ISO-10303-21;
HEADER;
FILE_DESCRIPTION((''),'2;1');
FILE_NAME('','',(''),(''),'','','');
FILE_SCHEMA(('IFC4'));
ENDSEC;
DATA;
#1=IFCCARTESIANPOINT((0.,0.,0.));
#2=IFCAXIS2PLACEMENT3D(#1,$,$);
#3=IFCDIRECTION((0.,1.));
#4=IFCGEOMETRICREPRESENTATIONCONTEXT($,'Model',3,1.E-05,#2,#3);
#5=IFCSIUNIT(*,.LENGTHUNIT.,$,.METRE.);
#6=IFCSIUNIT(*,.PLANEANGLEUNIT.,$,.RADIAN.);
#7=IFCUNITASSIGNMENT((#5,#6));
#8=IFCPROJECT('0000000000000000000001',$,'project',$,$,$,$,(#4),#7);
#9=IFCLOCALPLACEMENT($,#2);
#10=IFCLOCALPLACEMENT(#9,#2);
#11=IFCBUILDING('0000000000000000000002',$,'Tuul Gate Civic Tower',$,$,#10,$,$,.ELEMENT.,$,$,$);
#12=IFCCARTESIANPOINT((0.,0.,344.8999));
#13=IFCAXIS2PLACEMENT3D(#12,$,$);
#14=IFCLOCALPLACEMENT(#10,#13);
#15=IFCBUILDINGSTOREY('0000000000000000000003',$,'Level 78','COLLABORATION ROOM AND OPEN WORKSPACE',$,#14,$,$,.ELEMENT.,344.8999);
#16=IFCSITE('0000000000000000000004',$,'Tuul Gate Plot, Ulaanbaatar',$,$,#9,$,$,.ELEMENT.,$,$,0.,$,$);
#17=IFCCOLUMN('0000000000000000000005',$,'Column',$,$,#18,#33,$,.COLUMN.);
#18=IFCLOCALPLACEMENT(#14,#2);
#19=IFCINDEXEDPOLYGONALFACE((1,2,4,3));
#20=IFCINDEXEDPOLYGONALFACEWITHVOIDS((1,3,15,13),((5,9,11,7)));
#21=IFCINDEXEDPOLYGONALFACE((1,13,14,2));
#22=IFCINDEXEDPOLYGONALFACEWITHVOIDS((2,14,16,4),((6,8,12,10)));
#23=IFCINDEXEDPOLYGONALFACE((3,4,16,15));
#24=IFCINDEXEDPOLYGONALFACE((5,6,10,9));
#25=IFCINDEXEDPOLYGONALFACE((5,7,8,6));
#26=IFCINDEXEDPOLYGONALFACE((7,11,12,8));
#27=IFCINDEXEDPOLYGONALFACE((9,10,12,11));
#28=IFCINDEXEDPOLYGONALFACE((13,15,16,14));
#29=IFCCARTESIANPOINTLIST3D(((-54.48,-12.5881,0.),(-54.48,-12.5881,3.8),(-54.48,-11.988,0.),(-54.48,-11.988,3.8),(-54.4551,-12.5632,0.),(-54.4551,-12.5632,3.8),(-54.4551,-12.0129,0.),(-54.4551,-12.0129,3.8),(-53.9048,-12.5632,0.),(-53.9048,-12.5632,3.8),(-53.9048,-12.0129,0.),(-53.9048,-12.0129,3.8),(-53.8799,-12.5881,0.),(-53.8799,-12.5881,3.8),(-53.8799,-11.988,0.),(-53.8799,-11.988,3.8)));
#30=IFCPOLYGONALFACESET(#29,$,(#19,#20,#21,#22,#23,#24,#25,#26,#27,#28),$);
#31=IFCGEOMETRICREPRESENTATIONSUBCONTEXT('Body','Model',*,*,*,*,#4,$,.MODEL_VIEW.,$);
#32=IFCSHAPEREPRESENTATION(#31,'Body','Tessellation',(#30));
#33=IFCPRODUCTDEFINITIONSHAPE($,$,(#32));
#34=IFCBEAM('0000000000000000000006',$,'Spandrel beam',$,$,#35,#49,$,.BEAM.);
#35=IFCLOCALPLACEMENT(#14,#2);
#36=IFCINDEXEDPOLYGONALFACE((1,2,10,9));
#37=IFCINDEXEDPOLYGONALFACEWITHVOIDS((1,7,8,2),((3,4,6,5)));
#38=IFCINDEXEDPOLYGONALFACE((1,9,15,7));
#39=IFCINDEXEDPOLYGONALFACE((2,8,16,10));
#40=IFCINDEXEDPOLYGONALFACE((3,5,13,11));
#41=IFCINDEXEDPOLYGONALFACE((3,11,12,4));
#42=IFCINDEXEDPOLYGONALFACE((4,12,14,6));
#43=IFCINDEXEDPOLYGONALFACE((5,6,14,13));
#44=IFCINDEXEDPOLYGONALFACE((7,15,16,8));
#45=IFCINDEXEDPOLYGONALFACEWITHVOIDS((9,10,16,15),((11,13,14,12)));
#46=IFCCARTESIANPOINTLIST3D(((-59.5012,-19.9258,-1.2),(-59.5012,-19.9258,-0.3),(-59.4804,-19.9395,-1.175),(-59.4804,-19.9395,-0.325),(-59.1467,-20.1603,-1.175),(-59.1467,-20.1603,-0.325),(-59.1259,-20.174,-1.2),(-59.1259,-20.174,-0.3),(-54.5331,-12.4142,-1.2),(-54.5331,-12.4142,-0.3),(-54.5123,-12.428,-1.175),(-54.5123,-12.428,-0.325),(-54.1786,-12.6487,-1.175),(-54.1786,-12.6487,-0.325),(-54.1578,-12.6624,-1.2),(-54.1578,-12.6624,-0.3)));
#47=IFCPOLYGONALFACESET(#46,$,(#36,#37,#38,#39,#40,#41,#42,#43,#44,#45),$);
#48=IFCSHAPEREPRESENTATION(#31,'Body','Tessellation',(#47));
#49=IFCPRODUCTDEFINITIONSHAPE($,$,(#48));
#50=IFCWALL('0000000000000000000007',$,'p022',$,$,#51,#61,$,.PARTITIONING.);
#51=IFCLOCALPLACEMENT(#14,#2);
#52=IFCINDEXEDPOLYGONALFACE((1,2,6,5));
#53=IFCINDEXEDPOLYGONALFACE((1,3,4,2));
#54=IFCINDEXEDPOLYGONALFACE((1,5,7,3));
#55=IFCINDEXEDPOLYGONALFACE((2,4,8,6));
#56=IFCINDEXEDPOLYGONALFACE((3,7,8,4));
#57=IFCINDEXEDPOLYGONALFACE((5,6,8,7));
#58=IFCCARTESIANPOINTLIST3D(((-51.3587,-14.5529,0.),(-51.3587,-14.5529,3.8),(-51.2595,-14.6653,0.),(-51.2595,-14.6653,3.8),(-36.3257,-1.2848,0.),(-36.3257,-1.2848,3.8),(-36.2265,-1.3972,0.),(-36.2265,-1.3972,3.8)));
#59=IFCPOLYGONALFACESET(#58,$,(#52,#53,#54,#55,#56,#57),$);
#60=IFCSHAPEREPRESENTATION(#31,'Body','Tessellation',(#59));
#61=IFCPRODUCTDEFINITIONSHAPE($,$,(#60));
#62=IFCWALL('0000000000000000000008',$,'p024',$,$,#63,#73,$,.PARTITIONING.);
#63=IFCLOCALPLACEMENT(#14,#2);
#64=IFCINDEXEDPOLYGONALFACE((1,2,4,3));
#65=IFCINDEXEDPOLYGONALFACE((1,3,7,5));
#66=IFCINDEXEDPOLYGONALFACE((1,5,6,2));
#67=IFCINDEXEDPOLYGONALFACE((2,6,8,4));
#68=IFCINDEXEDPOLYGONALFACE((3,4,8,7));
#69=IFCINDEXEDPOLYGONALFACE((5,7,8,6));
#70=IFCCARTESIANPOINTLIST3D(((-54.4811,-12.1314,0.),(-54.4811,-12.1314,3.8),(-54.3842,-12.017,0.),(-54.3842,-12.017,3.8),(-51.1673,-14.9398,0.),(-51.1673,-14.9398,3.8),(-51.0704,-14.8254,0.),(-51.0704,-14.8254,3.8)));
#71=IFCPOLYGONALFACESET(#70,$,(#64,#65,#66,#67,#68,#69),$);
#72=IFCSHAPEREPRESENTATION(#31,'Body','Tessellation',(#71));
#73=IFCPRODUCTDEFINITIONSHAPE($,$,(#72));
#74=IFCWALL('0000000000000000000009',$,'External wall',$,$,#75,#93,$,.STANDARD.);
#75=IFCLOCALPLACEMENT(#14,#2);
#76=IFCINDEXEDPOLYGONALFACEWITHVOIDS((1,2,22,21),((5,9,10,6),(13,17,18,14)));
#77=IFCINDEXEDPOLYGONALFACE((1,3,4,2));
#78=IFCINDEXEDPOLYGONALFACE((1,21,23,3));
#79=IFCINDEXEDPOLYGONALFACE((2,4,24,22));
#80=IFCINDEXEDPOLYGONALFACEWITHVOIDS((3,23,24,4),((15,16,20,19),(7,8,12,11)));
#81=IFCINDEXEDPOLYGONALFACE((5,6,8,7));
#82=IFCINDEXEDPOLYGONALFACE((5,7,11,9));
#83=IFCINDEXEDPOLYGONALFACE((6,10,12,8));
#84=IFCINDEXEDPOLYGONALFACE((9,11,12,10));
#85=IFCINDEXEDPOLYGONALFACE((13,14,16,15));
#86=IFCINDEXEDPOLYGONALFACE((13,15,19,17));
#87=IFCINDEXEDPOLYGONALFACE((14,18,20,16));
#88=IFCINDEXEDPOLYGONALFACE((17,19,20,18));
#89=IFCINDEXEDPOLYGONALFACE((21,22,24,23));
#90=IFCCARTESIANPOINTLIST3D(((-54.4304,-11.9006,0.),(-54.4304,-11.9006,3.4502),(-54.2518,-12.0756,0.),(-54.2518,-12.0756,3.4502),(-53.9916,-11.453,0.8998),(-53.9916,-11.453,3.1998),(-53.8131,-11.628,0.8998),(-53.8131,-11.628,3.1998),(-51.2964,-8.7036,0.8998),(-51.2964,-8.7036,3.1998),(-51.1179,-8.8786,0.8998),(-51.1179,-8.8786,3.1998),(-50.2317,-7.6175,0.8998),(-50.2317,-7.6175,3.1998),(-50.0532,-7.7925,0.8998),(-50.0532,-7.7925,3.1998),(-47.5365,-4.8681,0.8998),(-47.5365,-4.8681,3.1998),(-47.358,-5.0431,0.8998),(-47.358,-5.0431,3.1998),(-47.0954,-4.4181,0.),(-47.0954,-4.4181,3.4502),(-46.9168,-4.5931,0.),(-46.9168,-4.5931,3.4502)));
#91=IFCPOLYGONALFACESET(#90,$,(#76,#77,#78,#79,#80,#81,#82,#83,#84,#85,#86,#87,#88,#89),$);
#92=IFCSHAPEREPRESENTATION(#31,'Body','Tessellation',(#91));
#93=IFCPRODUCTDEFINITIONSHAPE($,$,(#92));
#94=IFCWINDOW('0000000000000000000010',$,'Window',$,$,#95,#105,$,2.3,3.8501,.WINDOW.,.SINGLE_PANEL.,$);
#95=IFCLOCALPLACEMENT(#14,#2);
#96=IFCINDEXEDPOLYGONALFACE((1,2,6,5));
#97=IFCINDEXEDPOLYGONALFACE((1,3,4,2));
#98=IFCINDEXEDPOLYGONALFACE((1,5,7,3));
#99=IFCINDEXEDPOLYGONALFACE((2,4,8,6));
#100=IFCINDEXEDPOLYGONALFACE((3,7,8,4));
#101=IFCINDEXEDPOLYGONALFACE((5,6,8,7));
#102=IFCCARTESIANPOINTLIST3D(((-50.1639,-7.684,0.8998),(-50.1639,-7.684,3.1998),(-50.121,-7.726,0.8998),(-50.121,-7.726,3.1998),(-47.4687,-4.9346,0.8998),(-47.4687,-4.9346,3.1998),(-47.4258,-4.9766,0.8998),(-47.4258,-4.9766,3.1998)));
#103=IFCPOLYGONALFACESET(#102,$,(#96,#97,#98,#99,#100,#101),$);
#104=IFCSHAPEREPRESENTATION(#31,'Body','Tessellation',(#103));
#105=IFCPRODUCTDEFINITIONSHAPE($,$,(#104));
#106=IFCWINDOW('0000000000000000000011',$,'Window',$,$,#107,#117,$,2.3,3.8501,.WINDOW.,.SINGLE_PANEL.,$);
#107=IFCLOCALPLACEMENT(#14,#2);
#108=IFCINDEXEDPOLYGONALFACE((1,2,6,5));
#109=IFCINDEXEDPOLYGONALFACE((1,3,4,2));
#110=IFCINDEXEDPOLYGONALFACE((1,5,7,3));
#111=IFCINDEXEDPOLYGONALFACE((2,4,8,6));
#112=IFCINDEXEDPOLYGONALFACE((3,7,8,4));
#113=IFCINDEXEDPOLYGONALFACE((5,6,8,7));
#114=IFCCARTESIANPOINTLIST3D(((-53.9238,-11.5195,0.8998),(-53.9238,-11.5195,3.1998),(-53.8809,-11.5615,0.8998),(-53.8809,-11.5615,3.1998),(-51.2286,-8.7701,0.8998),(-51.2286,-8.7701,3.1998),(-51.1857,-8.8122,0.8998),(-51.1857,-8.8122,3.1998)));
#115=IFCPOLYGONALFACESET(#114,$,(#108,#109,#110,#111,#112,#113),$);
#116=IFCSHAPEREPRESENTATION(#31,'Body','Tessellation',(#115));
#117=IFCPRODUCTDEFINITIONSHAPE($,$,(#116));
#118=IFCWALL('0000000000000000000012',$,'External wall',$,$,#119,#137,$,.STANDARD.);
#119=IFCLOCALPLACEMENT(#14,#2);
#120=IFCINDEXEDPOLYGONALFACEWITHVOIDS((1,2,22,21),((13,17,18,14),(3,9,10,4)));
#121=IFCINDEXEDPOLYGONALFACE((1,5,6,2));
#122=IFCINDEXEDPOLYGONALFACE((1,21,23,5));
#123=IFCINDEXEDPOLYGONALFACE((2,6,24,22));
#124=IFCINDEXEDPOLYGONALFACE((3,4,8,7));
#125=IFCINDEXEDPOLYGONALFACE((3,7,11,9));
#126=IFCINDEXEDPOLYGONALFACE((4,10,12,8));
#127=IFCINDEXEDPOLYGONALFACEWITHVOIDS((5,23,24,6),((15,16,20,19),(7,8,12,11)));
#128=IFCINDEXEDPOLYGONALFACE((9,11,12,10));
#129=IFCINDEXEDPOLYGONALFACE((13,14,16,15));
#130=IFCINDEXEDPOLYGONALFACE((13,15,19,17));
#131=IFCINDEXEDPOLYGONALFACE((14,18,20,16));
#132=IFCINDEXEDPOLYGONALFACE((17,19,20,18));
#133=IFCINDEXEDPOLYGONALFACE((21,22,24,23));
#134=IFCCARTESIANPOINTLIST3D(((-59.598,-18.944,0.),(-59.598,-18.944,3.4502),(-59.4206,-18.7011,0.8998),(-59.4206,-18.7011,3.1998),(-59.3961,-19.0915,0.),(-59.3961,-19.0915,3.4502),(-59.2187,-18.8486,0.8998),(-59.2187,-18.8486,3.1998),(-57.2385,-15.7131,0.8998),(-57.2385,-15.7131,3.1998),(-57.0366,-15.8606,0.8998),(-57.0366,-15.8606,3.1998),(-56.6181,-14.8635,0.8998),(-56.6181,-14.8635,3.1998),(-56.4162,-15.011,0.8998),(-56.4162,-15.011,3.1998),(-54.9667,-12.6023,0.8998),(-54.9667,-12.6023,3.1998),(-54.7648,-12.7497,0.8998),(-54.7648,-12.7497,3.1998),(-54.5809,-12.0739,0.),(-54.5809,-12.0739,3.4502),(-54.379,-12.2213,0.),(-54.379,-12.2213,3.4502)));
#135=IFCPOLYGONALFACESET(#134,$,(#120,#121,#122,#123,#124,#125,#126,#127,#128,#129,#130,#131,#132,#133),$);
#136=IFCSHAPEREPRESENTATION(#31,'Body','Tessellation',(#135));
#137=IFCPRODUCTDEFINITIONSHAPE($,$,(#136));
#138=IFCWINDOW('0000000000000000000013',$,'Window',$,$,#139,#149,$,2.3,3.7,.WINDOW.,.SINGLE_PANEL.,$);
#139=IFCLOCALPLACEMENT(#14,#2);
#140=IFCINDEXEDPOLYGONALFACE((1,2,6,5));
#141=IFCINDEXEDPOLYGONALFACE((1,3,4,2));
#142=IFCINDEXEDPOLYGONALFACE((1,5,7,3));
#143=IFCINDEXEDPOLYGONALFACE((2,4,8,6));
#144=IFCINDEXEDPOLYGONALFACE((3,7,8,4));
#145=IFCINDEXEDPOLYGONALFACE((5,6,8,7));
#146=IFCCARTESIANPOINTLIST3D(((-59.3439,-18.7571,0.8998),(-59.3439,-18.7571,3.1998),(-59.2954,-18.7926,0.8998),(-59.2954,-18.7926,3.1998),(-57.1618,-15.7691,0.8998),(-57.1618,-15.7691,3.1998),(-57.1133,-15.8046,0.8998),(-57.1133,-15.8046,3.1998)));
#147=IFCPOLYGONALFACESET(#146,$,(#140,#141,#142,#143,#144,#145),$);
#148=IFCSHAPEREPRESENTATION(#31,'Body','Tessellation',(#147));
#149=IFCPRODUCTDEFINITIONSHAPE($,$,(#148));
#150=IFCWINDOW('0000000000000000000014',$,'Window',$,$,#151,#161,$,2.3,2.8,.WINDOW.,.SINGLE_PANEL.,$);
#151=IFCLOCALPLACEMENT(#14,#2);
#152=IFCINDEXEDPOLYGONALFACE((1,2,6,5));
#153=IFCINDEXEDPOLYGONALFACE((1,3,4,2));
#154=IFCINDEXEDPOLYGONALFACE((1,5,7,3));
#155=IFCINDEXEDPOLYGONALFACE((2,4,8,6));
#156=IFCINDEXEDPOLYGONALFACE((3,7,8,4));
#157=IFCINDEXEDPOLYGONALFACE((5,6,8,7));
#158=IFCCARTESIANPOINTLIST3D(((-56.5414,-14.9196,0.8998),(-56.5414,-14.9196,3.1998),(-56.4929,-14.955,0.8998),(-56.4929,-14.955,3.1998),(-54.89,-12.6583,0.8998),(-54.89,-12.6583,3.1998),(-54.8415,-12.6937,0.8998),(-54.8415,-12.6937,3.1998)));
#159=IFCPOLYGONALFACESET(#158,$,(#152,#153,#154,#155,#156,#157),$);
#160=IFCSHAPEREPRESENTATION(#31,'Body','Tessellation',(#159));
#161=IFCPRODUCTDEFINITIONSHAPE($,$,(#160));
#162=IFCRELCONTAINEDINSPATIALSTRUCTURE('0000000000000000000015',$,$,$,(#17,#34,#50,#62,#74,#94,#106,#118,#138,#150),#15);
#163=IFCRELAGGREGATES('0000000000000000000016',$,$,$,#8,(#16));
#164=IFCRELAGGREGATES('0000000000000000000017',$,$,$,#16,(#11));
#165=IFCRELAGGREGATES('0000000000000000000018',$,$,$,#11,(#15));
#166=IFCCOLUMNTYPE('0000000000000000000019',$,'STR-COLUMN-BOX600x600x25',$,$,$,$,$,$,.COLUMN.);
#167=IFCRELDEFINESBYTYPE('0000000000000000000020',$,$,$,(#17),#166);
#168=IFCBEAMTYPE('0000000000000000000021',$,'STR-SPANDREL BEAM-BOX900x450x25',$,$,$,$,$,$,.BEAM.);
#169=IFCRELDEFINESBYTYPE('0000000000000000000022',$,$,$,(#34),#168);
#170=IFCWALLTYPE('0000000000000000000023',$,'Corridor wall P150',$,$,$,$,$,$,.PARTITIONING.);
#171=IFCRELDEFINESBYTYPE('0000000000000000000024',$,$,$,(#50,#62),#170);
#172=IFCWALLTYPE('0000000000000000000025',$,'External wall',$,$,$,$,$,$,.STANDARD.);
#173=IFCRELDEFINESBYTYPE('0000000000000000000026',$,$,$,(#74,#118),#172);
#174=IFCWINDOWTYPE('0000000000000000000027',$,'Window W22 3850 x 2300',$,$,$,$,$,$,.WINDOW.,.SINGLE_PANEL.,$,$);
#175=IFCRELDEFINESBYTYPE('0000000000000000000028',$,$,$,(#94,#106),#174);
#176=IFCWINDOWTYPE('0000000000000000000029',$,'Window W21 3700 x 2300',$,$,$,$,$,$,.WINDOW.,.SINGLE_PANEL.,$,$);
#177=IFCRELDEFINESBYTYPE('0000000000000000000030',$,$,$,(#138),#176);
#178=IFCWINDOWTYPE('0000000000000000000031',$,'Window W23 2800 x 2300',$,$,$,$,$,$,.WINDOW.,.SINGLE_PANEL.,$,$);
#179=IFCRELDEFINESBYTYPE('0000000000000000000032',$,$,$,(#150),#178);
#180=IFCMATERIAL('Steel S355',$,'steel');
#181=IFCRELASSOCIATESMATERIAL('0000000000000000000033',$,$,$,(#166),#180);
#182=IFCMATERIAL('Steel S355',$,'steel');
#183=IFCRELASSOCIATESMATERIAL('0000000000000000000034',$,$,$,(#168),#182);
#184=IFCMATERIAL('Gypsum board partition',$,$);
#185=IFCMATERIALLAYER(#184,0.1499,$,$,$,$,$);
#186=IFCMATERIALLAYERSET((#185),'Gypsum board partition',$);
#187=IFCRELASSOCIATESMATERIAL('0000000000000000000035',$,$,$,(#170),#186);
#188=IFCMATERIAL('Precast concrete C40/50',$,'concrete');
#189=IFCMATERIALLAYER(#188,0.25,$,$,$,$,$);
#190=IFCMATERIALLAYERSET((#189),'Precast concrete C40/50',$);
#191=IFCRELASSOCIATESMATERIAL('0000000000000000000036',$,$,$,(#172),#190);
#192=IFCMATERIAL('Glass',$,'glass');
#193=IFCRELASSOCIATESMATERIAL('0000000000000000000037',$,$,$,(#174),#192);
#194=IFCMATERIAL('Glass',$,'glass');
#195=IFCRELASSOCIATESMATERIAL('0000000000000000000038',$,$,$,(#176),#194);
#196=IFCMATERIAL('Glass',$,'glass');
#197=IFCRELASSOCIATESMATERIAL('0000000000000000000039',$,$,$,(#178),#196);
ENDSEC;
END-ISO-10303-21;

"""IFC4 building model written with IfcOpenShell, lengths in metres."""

from ifc_helpers import new_model, si_unit, direction, frame, frame_2d, origin, origin_2d, place, context, subcontext, project, spatial, rectangle, hollow_rectangle, extrude, material, layer, layer_set, material_profile, profile_set, type_object, element, fill, save


model = new_model("IFC4")

# Units and contexts
model_context = context("Model", 3, precision=1e-05, world=origin(), true_north=direction((0.0, 1.0)))
body_context = subcontext(model_context, "Body", "Model", "MODEL_VIEW")
ifc_project = project(units=[si_unit("LENGTHUNIT", "METRE"), si_unit("PLANEANGLEUNIT", "RADIAN")], contexts=[model_context])

# Site, building, storey
site_placement = place(None, origin())
site = spatial("IfcSite", under=ifc_project, at=site_placement, Name="Tuul Gate Plot, Ulaanbaatar", CompositionType="ELEMENT", RefElevation=0.0)
building_placement = place(site_placement, origin())
building = spatial("IfcBuilding", under=site, at=building_placement, Name="Tuul Gate Civic Tower", CompositionType="ELEMENT")
storey_placement = place(building_placement, frame((0.0, 0.0, 344.8999)))
storey = spatial("IfcBuildingStorey", under=building, at=storey_placement, Name="Level 78", Description="COLLABORATION ROOM AND OPEN WORKSPACE", CompositionType="ELEMENT", Elevation=344.8999)

# Column
ifc_material_1 = material(Name="Steel S355", Category="steel")
ifc_material_profile_1 = material_profile(ifc_material_1, hollow_rectangle(XDim=0.6001, YDim=0.6001, WallThickness=0.0249, at=origin_2d()), Name="BOX600x600x25")
ifc_profile_set_1 = profile_set([ifc_material_profile_1], Name="Steel S355")
column_type = type_object("IfcColumnType", Name="STR-COLUMN-BOX600x600x25", PredefinedType="COLUMN", material=ifc_profile_set_1)
column_placement = place(storey_placement, frame((-54.1799, -12.2881, 0.0), z_axis=(0.0, 0.0, 1.0), x_axis=(1.0, 0.0, 0.0)))
element("IfcColumn", 1, at=column_placement, inside=storey, type_object=column_type, Name="Column", PredefinedType="COLUMN", context=body_context, shape_type="SweptSolid", body=[
    extrude(hollow_rectangle(XDim=0.6001, YDim=0.6001, WallThickness=0.0249, at=origin_2d()), origin(), (0.0, 0.0, 1.0), 3.8),
])

# Beam
ifc_material_2 = material(Name="Steel S355", Category="steel")
ifc_material_profile_2 = material_profile(ifc_material_2, hollow_rectangle(XDim=0.45, YDim=0.8999, WallThickness=0.0249, at=origin_2d()), Name="BOX900x450x25")
ifc_profile_set_2 = profile_set([ifc_material_profile_2], Name="Steel S355")
beam_type = type_object("IfcBeamType", Name="STR-SPANDREL BEAM-BOX900x450x25", PredefinedType="BEAM", material=ifc_profile_set_2)
beam_placement = place(storey_placement, frame((-54.3455, -12.5383, -0.75), z_axis=(-0.55165, -0.834076, 0.0), x_axis=(0.834076, -0.55165, 0.0)))
element("IfcBeam", 2, at=beam_placement, inside=storey, type_object=beam_type, Name="Spandrel beam", PredefinedType="BEAM", context=body_context, shape_type="SweptSolid", body=[
    extrude(hollow_rectangle(XDim=0.45, YDim=0.8999, WallThickness=0.0249, at=origin_2d()), origin(), (0.0, 0.0, 1.0), 9.0059),
])

# Walls
ifc_material_3 = material(Name="Gypsum board partition")
ifc_layer_1 = layer(ifc_material_3, 0.1499)
ifc_layer_set_1 = layer_set([ifc_layer_1], Name="Gypsum board partition")
wall_type_1 = type_object("IfcWallType", Name="Corridor wall P150", PredefinedType="PARTITIONING", material=ifc_layer_set_1)
wall_1_placement = place(storey_placement, frame((-51.3091, -14.6091, 0.0), z_axis=(0.0, 0.0, 1.0), x_axis=(0.749747, 0.661725, 0.0)))
element("IfcWall", 3, at=wall_1_placement, inside=storey, type_object=wall_type_1, Name="p022", PredefinedType="PARTITIONING", context=body_context, shape_type="SweptSolid", body=[
    extrude(rectangle(XDim=20.0508, YDim=0.1499, at=frame_2d((10.0254, 0.0))), origin(), (0.0, 0.0, 1.0), 3.8),
])
wall_2_placement = place(storey_placement, frame((-54.4326, -12.0742, 0.0), z_axis=(0.0, 0.0, 1.0), x_axis=(0.762883, -0.646537, 0.0)))
element("IfcWall", 4, at=wall_2_placement, inside=storey, type_object=wall_type_1, Name="p024", PredefinedType="PARTITIONING", context=body_context, shape_type="SweptSolid", body=[
    extrude(rectangle(XDim=4.3438, YDim=0.1499, at=frame_2d((2.1719, 0.0))), origin(), (0.0, 0.0, 1.0), 3.8),
])

# Walls, openings, windows
ifc_material_4 = material(Name="Precast concrete C40/50", Category="concrete")
ifc_layer_2 = layer(ifc_material_4, 0.25)
ifc_layer_set_2 = layer_set([ifc_layer_2], Name="Precast concrete C40/50")
wall_type_2 = type_object("IfcWallType", Name="External wall", PredefinedType="STANDARD", material=ifc_layer_set_2)
wall_3_placement = place(storey_placement, frame((-47.0061, -4.5056, 0.0), z_axis=(0.0, 0.0, 1.0), x_axis=(-0.700035, -0.714108, 0.0)))
wall_3 = element("IfcWall", 5, at=wall_3_placement, inside=storey, type_object=wall_type_2, Name="External wall", PredefinedType="STANDARD", context=body_context, shape_type="SweptSolid", body=[
    extrude(rectangle(XDim=10.478, YDim=0.25, at=frame_2d((5.239, 0.0))), origin(), (0.0, 0.0, 1.0), 3.4502),
])
opening_1_placement = place(wall_3_placement, frame((0.6301, 0.0, 0.8999)))
opening_1 = element("IfcOpeningElement", 6, at=opening_1_placement, cuts=wall_3, PredefinedType="OPENING", context=body_context, shape_type="SweptSolid", body=[
    extrude(rectangle(XDim=3.8501, YDim=2.3, at=frame_2d((1.925, 1.1499))), frame((0.0, 0.135, 0.0), z_axis=(0.0, -1.0, 0.0), x_axis=(1.0, 0.0, 0.0)), (0.0, 0.0, 1.0), 0.27),
])
opening_2_placement = place(wall_3_placement, frame((6.0012, 0.0, 0.8999)))
opening_2 = element("IfcOpeningElement", 7, at=opening_2_placement, cuts=wall_3, PredefinedType="OPENING", context=body_context, shape_type="SweptSolid", body=[
    extrude(rectangle(XDim=3.8501, YDim=2.3, at=frame_2d((1.925, 1.1499))), frame((0.0, 0.135, 0.0), z_axis=(0.0, -1.0, 0.0), x_axis=(1.0, 0.0, 0.0)), (0.0, 0.0, 1.0), 0.27),
])
ifc_material_5 = material(Name="Glass", Category="glass")
window_type_1 = type_object("IfcWindowType", Name="Window W22 3850 x 2300", PartitioningType="SINGLE_PANEL", PredefinedType="WINDOW", material=ifc_material_5)
window_1_placement = place(opening_1_placement, origin())
window_1 = element("IfcWindow", 8, at=window_1_placement, inside=storey, type_object=window_type_1, Name="Window", OverallHeight=2.3, OverallWidth=3.8501, PartitioningType="SINGLE_PANEL", PredefinedType="WINDOW", context=body_context, shape_type="SweptSolid", body=[
    extrude(rectangle(XDim=3.8501, YDim=2.3, at=frame_2d((1.925, 1.1499))), frame((0.0, 0.03, 0.0), z_axis=(0.0, -1.0, 0.0), x_axis=(1.0, 0.0, 0.0)), (0.0, 0.0, 1.0), 0.0601),
])
fill(opening_1, window_1)
window_2_placement = place(opening_2_placement, origin())
window_2 = element("IfcWindow", 9, at=window_2_placement, inside=storey, type_object=window_type_1, Name="Window", OverallHeight=2.3, OverallWidth=3.8501, PartitioningType="SINGLE_PANEL", PredefinedType="WINDOW", context=body_context, shape_type="SweptSolid", body=[
    extrude(rectangle(XDim=3.8501, YDim=2.3, at=frame_2d((1.925, 1.1499))), frame((0.0, 0.03, 0.0), z_axis=(0.0, -1.0, 0.0), x_axis=(1.0, 0.0, 0.0)), (0.0, 0.0, 1.0), 0.0601),
])
fill(opening_2, window_2)
wall_4_placement = place(storey_placement, frame((-54.48, -12.1477, 0.0), z_axis=(0.0, 0.0, 1.0), x_axis=(-0.589758, -0.80758, 0.0)))
wall_4 = element("IfcWall", 10, at=wall_4_placement, inside=storey, type_object=wall_type_2, Name="External wall", PredefinedType="STANDARD", context=body_context, shape_type="SweptSolid", body=[
    extrude(rectangle(XDim=8.5071, YDim=0.25, at=frame_2d((4.2534, 0.0))), origin(), (0.0, 0.0, 1.0), 3.4502),
])
opening_3_placement = place(wall_4_placement, frame((0.6543, 0.0, 0.8999)))
opening_3 = element("IfcOpeningElement", 11, at=opening_3_placement, cuts=wall_4, PredefinedType="OPENING", context=body_context, shape_type="SweptSolid", body=[
    extrude(rectangle(XDim=2.8, YDim=2.3, at=frame_2d((1.3999, 1.1499))), frame((0.0, 0.135, 0.0), z_axis=(0.0, -1.0, 0.0), x_axis=(1.0, 0.0, 0.0)), (0.0, 0.0, 1.0), 0.27),
])
opening_4_placement = place(wall_4_placement, frame((4.5061, 0.0, 0.8999)))
opening_4 = element("IfcOpeningElement", 12, at=opening_4_placement, cuts=wall_4, PredefinedType="OPENING", context=body_context, shape_type="SweptSolid", body=[
    extrude(rectangle(XDim=3.7, YDim=2.3, at=frame_2d((1.8501, 1.1499))), frame((0.0, 0.135, 0.0), z_axis=(0.0, -1.0, 0.0), x_axis=(1.0, 0.0, 0.0)), (0.0, 0.0, 1.0), 0.27),
])
ifc_material_6 = material(Name="Glass", Category="glass")
window_type_2 = type_object("IfcWindowType", Name="Window W21 3700 x 2300", PartitioningType="SINGLE_PANEL", PredefinedType="WINDOW", material=ifc_material_6)
window_3_placement = place(opening_4_placement, origin())
window_3 = element("IfcWindow", 13, at=window_3_placement, inside=storey, type_object=window_type_2, Name="Window", OverallHeight=2.3, OverallWidth=3.7, PartitioningType="SINGLE_PANEL", PredefinedType="WINDOW", context=body_context, shape_type="SweptSolid", body=[
    extrude(rectangle(XDim=3.7, YDim=2.3, at=frame_2d((1.8501, 1.1499))), frame((0.0, 0.03, 0.0), z_axis=(0.0, -1.0, 0.0), x_axis=(1.0, 0.0, 0.0)), (0.0, 0.0, 1.0), 0.0601),
])
fill(opening_4, window_3)
ifc_material_7 = material(Name="Glass", Category="glass")
window_type_3 = type_object("IfcWindowType", Name="Window W23 2800 x 2300", PartitioningType="SINGLE_PANEL", PredefinedType="WINDOW", material=ifc_material_7)
window_4_placement = place(opening_3_placement, origin())
window_4 = element("IfcWindow", 14, at=window_4_placement, inside=storey, type_object=window_type_3, Name="Window", OverallHeight=2.3, OverallWidth=2.8, PartitioningType="SINGLE_PANEL", PredefinedType="WINDOW", context=body_context, shape_type="SweptSolid", body=[
    extrude(rectangle(XDim=2.8, YDim=2.3, at=frame_2d((1.3999, 1.1499))), frame((0.0, 0.03, 0.0), z_axis=(0.0, -1.0, 0.0), x_axis=(1.0, 0.0, 0.0)), (0.0, 0.0, 1.0), 0.0601),
])
fill(opening_3, window_4)

save(model, "model.ifc")
